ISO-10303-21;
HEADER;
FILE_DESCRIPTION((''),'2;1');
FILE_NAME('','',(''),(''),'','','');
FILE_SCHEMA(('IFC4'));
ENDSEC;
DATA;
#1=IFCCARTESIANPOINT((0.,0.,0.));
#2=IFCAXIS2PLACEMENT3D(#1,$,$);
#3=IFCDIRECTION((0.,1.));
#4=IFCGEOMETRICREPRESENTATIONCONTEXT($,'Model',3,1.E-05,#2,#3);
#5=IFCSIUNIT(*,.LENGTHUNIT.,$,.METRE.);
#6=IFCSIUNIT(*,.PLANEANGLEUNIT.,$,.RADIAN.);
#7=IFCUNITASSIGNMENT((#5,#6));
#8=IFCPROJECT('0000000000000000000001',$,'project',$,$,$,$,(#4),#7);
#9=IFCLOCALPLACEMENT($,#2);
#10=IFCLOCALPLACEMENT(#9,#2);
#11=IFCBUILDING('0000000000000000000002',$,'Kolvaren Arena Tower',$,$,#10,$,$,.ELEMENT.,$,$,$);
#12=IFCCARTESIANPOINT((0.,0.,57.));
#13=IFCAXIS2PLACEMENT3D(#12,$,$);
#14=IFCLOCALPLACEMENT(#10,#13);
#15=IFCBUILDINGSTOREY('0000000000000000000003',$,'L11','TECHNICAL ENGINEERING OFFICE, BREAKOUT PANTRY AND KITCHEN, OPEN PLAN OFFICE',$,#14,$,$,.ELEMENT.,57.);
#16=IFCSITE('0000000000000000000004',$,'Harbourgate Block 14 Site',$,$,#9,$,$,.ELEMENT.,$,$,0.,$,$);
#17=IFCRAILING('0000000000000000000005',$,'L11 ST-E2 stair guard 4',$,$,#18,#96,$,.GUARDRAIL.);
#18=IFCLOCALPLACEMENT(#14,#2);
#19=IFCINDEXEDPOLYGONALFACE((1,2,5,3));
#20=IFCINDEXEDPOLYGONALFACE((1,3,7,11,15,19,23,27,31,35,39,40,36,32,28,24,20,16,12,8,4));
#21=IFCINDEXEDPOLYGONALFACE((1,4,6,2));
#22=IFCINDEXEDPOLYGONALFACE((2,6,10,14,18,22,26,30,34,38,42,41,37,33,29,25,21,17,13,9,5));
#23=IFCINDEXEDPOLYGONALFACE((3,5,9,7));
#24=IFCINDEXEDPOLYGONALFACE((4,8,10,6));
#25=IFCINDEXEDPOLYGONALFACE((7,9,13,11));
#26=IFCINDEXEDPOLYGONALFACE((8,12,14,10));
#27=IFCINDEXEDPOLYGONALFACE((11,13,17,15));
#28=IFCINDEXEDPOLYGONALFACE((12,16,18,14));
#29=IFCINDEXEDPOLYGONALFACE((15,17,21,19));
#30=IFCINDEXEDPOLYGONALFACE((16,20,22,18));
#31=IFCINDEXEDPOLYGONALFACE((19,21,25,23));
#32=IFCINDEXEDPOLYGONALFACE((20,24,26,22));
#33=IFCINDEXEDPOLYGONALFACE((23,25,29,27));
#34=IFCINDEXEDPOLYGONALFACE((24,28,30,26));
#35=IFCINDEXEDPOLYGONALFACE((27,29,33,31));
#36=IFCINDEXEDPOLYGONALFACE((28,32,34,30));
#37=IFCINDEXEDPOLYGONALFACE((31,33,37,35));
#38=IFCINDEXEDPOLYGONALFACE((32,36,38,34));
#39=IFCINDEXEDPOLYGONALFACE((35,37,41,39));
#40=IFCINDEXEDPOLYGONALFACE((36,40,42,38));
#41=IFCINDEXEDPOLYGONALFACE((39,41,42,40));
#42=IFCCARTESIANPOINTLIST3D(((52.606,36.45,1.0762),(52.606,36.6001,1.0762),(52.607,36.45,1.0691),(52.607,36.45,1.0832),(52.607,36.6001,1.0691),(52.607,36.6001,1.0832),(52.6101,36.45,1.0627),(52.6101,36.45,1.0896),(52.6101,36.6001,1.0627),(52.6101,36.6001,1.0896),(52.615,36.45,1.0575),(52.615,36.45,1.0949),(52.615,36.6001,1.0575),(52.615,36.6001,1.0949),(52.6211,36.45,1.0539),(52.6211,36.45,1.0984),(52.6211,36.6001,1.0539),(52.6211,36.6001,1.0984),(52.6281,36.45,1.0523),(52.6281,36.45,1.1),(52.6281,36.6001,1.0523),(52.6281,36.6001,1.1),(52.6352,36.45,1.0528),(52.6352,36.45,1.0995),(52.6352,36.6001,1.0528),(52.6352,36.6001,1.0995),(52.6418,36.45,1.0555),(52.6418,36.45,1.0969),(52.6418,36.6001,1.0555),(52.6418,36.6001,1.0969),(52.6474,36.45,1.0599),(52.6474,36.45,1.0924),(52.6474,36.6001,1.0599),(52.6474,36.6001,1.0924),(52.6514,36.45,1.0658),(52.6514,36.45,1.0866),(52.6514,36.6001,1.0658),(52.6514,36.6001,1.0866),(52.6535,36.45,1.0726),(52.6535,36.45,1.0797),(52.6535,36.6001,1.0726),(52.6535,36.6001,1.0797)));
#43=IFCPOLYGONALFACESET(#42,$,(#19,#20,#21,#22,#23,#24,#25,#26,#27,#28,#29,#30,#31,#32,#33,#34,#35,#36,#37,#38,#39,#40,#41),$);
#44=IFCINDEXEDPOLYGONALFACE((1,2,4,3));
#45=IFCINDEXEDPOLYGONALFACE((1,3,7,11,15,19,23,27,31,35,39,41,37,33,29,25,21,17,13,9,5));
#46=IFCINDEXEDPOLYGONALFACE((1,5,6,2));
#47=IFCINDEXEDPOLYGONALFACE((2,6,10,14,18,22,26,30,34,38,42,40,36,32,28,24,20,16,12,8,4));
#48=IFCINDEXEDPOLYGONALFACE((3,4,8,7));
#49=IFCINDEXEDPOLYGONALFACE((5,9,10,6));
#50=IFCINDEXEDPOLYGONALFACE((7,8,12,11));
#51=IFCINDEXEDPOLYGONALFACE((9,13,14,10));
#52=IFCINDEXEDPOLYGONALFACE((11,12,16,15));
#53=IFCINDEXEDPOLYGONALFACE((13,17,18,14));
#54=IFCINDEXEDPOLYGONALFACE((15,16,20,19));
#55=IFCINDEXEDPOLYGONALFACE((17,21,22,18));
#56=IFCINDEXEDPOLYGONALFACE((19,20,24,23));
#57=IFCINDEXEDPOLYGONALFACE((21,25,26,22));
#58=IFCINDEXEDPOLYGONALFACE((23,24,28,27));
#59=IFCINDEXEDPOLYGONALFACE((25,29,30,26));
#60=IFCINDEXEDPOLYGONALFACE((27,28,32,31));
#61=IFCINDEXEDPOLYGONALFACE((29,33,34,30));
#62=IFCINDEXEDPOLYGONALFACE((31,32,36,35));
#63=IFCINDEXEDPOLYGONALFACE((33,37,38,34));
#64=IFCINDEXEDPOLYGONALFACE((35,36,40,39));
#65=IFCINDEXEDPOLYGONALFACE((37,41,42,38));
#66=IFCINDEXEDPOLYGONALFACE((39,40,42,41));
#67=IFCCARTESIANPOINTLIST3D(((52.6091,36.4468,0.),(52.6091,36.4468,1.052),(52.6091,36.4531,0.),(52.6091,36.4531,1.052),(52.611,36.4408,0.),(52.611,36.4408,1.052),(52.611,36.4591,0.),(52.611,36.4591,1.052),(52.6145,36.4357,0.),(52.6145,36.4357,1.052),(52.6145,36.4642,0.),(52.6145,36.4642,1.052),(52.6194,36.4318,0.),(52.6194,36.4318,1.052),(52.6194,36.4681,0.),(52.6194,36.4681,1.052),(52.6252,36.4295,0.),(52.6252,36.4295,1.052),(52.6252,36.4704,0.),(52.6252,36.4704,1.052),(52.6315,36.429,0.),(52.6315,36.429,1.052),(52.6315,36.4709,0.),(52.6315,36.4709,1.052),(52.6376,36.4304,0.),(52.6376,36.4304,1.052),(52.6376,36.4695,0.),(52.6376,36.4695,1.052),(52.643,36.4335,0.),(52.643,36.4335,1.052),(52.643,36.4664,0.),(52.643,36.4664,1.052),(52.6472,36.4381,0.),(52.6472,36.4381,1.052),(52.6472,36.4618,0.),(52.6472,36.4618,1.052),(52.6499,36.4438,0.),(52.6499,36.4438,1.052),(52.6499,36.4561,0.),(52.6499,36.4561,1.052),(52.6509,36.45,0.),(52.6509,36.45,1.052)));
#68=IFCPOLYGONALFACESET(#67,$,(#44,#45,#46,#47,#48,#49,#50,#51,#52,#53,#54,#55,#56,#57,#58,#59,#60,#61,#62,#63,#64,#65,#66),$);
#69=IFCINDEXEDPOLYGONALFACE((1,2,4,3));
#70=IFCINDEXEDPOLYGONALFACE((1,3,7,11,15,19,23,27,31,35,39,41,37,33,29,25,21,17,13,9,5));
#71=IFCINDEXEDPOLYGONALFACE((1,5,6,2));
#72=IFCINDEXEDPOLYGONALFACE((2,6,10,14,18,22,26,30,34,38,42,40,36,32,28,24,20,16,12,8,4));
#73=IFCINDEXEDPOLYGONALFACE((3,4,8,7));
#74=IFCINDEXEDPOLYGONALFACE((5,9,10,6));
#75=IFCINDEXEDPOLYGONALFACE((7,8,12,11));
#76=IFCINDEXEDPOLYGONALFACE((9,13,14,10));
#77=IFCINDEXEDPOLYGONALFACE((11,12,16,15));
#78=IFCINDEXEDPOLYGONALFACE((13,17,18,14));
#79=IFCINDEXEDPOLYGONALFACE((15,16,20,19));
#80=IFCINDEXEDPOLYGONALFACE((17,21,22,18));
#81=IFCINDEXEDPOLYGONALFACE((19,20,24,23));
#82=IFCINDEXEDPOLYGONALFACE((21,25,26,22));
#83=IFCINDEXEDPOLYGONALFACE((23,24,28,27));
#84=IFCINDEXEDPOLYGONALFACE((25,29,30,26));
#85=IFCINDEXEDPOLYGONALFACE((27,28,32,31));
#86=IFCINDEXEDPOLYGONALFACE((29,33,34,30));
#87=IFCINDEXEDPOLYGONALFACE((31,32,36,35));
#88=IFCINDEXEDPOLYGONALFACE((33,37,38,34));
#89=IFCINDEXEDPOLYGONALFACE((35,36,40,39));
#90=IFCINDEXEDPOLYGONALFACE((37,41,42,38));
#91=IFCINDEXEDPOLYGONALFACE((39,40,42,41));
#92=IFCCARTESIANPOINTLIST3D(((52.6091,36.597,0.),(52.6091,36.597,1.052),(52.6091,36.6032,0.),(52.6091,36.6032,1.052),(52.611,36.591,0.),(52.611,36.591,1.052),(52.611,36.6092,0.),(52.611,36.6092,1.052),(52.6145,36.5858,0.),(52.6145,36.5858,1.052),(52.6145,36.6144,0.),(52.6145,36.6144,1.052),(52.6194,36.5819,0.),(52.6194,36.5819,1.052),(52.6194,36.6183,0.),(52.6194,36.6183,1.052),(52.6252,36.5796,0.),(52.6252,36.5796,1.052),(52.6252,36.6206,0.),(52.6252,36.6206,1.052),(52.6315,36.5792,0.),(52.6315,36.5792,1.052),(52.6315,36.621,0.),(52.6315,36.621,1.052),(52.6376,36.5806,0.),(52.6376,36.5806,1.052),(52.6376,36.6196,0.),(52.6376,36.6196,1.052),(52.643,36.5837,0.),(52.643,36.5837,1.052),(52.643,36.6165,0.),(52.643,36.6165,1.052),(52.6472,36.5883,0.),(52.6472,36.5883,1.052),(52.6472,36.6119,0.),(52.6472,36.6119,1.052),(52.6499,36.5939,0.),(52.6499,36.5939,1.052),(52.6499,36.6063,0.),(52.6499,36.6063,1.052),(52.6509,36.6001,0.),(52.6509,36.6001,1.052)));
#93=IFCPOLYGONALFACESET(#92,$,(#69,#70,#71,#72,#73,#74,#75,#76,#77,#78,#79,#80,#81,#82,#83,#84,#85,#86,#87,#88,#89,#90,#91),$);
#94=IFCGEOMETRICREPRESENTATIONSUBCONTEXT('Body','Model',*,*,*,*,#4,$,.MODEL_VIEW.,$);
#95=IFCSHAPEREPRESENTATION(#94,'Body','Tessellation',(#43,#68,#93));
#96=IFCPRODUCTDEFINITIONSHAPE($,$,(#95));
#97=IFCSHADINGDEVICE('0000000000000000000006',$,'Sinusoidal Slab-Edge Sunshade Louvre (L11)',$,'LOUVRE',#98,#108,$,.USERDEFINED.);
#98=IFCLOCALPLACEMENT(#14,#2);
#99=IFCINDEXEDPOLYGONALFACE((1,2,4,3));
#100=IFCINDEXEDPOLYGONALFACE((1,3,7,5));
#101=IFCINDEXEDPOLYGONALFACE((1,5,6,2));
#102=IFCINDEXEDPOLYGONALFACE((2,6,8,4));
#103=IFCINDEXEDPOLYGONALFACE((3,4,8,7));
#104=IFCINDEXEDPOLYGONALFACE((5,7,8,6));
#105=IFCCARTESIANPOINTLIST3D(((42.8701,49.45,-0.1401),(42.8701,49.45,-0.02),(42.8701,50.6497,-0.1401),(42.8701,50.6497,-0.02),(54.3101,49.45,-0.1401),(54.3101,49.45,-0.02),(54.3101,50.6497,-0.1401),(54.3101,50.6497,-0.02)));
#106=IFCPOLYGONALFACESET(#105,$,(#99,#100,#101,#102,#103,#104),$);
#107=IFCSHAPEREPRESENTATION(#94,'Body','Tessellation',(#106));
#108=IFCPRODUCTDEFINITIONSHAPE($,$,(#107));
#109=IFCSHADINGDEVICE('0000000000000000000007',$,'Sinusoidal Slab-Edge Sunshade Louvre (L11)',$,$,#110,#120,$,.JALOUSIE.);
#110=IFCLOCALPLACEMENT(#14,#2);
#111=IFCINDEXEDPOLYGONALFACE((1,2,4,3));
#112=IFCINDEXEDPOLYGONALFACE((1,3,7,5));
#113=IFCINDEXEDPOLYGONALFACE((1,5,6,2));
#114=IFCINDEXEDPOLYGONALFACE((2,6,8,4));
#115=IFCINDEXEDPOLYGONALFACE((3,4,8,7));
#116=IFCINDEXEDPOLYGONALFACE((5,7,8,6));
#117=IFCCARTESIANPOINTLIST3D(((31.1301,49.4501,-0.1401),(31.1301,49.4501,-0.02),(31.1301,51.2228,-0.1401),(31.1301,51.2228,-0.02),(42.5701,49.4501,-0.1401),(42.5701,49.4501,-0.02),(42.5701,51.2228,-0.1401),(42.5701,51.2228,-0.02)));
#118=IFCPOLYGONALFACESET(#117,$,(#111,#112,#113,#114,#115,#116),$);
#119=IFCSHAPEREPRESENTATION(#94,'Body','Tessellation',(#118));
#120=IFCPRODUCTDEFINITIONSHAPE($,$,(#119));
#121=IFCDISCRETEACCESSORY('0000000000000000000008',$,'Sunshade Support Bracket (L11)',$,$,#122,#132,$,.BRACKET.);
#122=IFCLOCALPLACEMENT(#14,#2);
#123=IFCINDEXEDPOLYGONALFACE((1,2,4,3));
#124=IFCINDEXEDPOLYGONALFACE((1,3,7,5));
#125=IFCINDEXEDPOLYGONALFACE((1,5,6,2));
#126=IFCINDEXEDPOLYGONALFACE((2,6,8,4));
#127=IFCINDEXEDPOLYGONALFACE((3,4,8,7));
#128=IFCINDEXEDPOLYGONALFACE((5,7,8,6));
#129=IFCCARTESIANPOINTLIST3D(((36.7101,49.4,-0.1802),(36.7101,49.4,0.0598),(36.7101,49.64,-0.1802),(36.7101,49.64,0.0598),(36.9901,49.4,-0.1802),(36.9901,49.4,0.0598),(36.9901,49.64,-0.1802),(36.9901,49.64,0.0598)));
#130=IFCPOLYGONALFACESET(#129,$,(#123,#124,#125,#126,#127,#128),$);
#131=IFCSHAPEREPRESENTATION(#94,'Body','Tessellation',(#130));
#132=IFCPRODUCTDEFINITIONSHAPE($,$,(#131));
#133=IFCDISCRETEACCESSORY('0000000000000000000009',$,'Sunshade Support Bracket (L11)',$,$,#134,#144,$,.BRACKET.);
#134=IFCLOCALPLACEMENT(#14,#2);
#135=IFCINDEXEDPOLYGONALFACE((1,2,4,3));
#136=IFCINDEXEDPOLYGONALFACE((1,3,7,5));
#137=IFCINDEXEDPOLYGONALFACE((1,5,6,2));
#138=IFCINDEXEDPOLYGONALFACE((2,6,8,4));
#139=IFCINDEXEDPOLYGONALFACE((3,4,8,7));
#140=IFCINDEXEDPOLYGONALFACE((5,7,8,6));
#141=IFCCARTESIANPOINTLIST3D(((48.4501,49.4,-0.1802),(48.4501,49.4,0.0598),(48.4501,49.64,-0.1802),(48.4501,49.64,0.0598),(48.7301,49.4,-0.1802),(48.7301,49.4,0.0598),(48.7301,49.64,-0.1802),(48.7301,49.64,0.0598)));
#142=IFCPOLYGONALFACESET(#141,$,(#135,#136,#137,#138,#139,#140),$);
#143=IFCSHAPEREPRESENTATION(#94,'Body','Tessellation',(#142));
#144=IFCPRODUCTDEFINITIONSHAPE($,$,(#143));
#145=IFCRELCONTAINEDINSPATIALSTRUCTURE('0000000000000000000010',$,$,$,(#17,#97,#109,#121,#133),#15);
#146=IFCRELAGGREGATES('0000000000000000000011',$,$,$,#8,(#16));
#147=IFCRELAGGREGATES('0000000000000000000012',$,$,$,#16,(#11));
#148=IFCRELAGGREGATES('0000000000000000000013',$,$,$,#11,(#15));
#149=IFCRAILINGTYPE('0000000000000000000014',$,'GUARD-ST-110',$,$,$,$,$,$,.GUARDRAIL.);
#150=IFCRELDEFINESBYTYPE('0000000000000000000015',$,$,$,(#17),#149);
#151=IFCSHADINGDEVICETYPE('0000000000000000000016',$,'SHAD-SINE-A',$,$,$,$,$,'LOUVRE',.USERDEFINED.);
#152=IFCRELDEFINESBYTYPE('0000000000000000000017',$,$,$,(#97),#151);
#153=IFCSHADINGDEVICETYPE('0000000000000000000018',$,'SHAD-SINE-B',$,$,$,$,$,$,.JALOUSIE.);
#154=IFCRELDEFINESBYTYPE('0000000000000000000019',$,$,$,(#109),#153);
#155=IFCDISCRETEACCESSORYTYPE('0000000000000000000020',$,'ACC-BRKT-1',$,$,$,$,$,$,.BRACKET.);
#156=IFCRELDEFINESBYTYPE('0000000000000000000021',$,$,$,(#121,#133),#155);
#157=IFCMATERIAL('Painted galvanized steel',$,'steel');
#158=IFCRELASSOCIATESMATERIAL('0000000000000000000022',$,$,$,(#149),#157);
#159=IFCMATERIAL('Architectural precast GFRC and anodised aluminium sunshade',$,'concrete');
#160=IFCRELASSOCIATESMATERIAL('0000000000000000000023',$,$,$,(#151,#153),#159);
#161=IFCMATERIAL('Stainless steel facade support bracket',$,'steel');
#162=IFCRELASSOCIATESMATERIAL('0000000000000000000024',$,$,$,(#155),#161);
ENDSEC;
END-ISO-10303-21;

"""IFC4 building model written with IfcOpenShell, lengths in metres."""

from ifc_helpers import new_model, si_unit, direction, frame, origin, origin_2d, place, context, subcontext, project, spatial, rectangle, circle, extrude, material, type_object, element, save


model = new_model("IFC4")

# Units and contexts
model_context = context("Model", 3, precision=1e-05, world=origin(), true_north=direction((0.0, 1.0)))
body_context = subcontext(model_context, "Body", "Model", "MODEL_VIEW")
ifc_project = project(units=[si_unit("LENGTHUNIT", "METRE"), si_unit("PLANEANGLEUNIT", "RADIAN")], contexts=[model_context])

# Site, building, storey
site_placement = place(None, origin())
site = spatial("IfcSite", under=ifc_project, at=site_placement, Name="Harbourgate Block 14 Site", CompositionType="ELEMENT", RefElevation=0.0)
building_placement = place(site_placement, origin())
building = spatial("IfcBuilding", under=site, at=building_placement, Name="Kolvaren Arena Tower", CompositionType="ELEMENT")
storey_placement = place(building_placement, frame((0.0, 0.0, 57.0)))
storey = spatial("IfcBuildingStorey", under=building, at=storey_placement, Name="L11", Description="TECHNICAL ENGINEERING OFFICE, BREAKOUT PANTRY AND KITCHEN, OPEN PLAN OFFICE", CompositionType="ELEMENT", Elevation=57.0)

# Railing
ifc_material_1 = material(Name="Painted galvanized steel", Category="steel")
railing_type = type_object("IfcRailingType", Name="GUARD-ST-110", PredefinedType="GUARDRAIL", material=ifc_material_1)
railing_1_placement = place(storey_placement, frame((52.6299, 36.45, 0.0)))
element("IfcRailing", 1, at=railing_1_placement, inside=storey, type_object=railing_type, Name="L11 ST-E2 stair guard 4", PredefinedType="GUARDRAIL", context=body_context, shape_type="SweptSolid", body=[
    extrude(circle(Radius=0.0239, at=origin_2d()), frame((0.0, 0.0, 1.0762), z_axis=(0.0, 1.0, 0.0), x_axis=(-1.0, 0.0, 0.0)), (0.0, 0.0, 1.0), 0.1501),
    extrude(circle(Radius=0.021, at=origin_2d()), origin(), (0.0, 0.0, 1.0), 1.052),
    extrude(circle(Radius=0.021, at=origin_2d()), frame((0.0, 0.1501, 0.0)), (0.0, 0.0, 1.0), 1.052),
])

# Shading devices
ifc_material_2 = material(Name="Architectural precast GFRC and anodised aluminium sunshade", Category="concrete")
shading_device_type_1 = type_object("IfcShadingDeviceType", Name="SHAD-SINE-A", ElementType="LOUVRE", PredefinedType="USERDEFINED", material=ifc_material_2)
shading_device_1_placement = place(storey_placement, frame((48.5901, 50.0498, -0.1401), z_axis=(0.0, 0.0, 1.0), x_axis=(1.0, 0.0, 0.0)))
element("IfcShadingDevice", 2, at=shading_device_1_placement, inside=storey, type_object=shading_device_type_1, Name="Sinusoidal Slab-Edge Sunshade Louvre (L11)", ObjectType="LOUVRE", PredefinedType="USERDEFINED", context=body_context, shape_type="SweptSolid", body=[
    extrude(rectangle(XDim=11.4399, YDim=1.1997, at=origin_2d()), origin(), (0.0, 0.0, 1.0), 0.1201),
])
shading_device_type_2 = type_object("IfcShadingDeviceType", Name="SHAD-SINE-B", PredefinedType="JALOUSIE", material=ifc_material_2)
shading_device_2_placement = place(storey_placement, frame((36.8501, 50.3364, -0.1401), z_axis=(0.0, 0.0, 1.0), x_axis=(1.0, 0.0, 0.0)))
element("IfcShadingDevice", 3, at=shading_device_2_placement, inside=storey, type_object=shading_device_type_2, Name="Sinusoidal Slab-Edge Sunshade Louvre (L11)", PredefinedType="JALOUSIE", context=body_context, shape_type="SweptSolid", body=[
    extrude(rectangle(XDim=11.4399, YDim=1.7727, at=origin_2d()), origin(), (0.0, 0.0, 1.0), 0.1201),
])

# Discrete accessories
ifc_material_3 = material(Name="Stainless steel facade support bracket", Category="steel")
discrete_accessory_type = type_object("IfcDiscreteAccessoryType", Name="ACC-BRKT-1", PredefinedType="BRACKET", material=ifc_material_3)
for number, where, z_axis, x_axis, name in (
    (4, (36.8501, 49.52, -0.1802), (0.0, 0.0, 1.0), (1.0, 0.0, 0.0), "Sunshade Support Bracket (L11)"),
    (5, (48.5901, 49.52, -0.1802), (0.0, 0.0, 1.0), (1.0, 0.0, 0.0), "Sunshade Support Bracket (L11)"),
):
    element("IfcDiscreteAccessory", number, at=place(storey_placement, frame(where, z_axis=z_axis, x_axis=x_axis)), inside=storey, type_object=discrete_accessory_type, Name=name, PredefinedType="BRACKET", context=body_context, shape_type="SweptSolid", body=[
        extrude(rectangle(XDim=0.28, YDim=0.24, at=origin_2d()), origin(), (0.0, 0.0, 1.0), 0.24),
    ])

save(model, "model.ifc")
